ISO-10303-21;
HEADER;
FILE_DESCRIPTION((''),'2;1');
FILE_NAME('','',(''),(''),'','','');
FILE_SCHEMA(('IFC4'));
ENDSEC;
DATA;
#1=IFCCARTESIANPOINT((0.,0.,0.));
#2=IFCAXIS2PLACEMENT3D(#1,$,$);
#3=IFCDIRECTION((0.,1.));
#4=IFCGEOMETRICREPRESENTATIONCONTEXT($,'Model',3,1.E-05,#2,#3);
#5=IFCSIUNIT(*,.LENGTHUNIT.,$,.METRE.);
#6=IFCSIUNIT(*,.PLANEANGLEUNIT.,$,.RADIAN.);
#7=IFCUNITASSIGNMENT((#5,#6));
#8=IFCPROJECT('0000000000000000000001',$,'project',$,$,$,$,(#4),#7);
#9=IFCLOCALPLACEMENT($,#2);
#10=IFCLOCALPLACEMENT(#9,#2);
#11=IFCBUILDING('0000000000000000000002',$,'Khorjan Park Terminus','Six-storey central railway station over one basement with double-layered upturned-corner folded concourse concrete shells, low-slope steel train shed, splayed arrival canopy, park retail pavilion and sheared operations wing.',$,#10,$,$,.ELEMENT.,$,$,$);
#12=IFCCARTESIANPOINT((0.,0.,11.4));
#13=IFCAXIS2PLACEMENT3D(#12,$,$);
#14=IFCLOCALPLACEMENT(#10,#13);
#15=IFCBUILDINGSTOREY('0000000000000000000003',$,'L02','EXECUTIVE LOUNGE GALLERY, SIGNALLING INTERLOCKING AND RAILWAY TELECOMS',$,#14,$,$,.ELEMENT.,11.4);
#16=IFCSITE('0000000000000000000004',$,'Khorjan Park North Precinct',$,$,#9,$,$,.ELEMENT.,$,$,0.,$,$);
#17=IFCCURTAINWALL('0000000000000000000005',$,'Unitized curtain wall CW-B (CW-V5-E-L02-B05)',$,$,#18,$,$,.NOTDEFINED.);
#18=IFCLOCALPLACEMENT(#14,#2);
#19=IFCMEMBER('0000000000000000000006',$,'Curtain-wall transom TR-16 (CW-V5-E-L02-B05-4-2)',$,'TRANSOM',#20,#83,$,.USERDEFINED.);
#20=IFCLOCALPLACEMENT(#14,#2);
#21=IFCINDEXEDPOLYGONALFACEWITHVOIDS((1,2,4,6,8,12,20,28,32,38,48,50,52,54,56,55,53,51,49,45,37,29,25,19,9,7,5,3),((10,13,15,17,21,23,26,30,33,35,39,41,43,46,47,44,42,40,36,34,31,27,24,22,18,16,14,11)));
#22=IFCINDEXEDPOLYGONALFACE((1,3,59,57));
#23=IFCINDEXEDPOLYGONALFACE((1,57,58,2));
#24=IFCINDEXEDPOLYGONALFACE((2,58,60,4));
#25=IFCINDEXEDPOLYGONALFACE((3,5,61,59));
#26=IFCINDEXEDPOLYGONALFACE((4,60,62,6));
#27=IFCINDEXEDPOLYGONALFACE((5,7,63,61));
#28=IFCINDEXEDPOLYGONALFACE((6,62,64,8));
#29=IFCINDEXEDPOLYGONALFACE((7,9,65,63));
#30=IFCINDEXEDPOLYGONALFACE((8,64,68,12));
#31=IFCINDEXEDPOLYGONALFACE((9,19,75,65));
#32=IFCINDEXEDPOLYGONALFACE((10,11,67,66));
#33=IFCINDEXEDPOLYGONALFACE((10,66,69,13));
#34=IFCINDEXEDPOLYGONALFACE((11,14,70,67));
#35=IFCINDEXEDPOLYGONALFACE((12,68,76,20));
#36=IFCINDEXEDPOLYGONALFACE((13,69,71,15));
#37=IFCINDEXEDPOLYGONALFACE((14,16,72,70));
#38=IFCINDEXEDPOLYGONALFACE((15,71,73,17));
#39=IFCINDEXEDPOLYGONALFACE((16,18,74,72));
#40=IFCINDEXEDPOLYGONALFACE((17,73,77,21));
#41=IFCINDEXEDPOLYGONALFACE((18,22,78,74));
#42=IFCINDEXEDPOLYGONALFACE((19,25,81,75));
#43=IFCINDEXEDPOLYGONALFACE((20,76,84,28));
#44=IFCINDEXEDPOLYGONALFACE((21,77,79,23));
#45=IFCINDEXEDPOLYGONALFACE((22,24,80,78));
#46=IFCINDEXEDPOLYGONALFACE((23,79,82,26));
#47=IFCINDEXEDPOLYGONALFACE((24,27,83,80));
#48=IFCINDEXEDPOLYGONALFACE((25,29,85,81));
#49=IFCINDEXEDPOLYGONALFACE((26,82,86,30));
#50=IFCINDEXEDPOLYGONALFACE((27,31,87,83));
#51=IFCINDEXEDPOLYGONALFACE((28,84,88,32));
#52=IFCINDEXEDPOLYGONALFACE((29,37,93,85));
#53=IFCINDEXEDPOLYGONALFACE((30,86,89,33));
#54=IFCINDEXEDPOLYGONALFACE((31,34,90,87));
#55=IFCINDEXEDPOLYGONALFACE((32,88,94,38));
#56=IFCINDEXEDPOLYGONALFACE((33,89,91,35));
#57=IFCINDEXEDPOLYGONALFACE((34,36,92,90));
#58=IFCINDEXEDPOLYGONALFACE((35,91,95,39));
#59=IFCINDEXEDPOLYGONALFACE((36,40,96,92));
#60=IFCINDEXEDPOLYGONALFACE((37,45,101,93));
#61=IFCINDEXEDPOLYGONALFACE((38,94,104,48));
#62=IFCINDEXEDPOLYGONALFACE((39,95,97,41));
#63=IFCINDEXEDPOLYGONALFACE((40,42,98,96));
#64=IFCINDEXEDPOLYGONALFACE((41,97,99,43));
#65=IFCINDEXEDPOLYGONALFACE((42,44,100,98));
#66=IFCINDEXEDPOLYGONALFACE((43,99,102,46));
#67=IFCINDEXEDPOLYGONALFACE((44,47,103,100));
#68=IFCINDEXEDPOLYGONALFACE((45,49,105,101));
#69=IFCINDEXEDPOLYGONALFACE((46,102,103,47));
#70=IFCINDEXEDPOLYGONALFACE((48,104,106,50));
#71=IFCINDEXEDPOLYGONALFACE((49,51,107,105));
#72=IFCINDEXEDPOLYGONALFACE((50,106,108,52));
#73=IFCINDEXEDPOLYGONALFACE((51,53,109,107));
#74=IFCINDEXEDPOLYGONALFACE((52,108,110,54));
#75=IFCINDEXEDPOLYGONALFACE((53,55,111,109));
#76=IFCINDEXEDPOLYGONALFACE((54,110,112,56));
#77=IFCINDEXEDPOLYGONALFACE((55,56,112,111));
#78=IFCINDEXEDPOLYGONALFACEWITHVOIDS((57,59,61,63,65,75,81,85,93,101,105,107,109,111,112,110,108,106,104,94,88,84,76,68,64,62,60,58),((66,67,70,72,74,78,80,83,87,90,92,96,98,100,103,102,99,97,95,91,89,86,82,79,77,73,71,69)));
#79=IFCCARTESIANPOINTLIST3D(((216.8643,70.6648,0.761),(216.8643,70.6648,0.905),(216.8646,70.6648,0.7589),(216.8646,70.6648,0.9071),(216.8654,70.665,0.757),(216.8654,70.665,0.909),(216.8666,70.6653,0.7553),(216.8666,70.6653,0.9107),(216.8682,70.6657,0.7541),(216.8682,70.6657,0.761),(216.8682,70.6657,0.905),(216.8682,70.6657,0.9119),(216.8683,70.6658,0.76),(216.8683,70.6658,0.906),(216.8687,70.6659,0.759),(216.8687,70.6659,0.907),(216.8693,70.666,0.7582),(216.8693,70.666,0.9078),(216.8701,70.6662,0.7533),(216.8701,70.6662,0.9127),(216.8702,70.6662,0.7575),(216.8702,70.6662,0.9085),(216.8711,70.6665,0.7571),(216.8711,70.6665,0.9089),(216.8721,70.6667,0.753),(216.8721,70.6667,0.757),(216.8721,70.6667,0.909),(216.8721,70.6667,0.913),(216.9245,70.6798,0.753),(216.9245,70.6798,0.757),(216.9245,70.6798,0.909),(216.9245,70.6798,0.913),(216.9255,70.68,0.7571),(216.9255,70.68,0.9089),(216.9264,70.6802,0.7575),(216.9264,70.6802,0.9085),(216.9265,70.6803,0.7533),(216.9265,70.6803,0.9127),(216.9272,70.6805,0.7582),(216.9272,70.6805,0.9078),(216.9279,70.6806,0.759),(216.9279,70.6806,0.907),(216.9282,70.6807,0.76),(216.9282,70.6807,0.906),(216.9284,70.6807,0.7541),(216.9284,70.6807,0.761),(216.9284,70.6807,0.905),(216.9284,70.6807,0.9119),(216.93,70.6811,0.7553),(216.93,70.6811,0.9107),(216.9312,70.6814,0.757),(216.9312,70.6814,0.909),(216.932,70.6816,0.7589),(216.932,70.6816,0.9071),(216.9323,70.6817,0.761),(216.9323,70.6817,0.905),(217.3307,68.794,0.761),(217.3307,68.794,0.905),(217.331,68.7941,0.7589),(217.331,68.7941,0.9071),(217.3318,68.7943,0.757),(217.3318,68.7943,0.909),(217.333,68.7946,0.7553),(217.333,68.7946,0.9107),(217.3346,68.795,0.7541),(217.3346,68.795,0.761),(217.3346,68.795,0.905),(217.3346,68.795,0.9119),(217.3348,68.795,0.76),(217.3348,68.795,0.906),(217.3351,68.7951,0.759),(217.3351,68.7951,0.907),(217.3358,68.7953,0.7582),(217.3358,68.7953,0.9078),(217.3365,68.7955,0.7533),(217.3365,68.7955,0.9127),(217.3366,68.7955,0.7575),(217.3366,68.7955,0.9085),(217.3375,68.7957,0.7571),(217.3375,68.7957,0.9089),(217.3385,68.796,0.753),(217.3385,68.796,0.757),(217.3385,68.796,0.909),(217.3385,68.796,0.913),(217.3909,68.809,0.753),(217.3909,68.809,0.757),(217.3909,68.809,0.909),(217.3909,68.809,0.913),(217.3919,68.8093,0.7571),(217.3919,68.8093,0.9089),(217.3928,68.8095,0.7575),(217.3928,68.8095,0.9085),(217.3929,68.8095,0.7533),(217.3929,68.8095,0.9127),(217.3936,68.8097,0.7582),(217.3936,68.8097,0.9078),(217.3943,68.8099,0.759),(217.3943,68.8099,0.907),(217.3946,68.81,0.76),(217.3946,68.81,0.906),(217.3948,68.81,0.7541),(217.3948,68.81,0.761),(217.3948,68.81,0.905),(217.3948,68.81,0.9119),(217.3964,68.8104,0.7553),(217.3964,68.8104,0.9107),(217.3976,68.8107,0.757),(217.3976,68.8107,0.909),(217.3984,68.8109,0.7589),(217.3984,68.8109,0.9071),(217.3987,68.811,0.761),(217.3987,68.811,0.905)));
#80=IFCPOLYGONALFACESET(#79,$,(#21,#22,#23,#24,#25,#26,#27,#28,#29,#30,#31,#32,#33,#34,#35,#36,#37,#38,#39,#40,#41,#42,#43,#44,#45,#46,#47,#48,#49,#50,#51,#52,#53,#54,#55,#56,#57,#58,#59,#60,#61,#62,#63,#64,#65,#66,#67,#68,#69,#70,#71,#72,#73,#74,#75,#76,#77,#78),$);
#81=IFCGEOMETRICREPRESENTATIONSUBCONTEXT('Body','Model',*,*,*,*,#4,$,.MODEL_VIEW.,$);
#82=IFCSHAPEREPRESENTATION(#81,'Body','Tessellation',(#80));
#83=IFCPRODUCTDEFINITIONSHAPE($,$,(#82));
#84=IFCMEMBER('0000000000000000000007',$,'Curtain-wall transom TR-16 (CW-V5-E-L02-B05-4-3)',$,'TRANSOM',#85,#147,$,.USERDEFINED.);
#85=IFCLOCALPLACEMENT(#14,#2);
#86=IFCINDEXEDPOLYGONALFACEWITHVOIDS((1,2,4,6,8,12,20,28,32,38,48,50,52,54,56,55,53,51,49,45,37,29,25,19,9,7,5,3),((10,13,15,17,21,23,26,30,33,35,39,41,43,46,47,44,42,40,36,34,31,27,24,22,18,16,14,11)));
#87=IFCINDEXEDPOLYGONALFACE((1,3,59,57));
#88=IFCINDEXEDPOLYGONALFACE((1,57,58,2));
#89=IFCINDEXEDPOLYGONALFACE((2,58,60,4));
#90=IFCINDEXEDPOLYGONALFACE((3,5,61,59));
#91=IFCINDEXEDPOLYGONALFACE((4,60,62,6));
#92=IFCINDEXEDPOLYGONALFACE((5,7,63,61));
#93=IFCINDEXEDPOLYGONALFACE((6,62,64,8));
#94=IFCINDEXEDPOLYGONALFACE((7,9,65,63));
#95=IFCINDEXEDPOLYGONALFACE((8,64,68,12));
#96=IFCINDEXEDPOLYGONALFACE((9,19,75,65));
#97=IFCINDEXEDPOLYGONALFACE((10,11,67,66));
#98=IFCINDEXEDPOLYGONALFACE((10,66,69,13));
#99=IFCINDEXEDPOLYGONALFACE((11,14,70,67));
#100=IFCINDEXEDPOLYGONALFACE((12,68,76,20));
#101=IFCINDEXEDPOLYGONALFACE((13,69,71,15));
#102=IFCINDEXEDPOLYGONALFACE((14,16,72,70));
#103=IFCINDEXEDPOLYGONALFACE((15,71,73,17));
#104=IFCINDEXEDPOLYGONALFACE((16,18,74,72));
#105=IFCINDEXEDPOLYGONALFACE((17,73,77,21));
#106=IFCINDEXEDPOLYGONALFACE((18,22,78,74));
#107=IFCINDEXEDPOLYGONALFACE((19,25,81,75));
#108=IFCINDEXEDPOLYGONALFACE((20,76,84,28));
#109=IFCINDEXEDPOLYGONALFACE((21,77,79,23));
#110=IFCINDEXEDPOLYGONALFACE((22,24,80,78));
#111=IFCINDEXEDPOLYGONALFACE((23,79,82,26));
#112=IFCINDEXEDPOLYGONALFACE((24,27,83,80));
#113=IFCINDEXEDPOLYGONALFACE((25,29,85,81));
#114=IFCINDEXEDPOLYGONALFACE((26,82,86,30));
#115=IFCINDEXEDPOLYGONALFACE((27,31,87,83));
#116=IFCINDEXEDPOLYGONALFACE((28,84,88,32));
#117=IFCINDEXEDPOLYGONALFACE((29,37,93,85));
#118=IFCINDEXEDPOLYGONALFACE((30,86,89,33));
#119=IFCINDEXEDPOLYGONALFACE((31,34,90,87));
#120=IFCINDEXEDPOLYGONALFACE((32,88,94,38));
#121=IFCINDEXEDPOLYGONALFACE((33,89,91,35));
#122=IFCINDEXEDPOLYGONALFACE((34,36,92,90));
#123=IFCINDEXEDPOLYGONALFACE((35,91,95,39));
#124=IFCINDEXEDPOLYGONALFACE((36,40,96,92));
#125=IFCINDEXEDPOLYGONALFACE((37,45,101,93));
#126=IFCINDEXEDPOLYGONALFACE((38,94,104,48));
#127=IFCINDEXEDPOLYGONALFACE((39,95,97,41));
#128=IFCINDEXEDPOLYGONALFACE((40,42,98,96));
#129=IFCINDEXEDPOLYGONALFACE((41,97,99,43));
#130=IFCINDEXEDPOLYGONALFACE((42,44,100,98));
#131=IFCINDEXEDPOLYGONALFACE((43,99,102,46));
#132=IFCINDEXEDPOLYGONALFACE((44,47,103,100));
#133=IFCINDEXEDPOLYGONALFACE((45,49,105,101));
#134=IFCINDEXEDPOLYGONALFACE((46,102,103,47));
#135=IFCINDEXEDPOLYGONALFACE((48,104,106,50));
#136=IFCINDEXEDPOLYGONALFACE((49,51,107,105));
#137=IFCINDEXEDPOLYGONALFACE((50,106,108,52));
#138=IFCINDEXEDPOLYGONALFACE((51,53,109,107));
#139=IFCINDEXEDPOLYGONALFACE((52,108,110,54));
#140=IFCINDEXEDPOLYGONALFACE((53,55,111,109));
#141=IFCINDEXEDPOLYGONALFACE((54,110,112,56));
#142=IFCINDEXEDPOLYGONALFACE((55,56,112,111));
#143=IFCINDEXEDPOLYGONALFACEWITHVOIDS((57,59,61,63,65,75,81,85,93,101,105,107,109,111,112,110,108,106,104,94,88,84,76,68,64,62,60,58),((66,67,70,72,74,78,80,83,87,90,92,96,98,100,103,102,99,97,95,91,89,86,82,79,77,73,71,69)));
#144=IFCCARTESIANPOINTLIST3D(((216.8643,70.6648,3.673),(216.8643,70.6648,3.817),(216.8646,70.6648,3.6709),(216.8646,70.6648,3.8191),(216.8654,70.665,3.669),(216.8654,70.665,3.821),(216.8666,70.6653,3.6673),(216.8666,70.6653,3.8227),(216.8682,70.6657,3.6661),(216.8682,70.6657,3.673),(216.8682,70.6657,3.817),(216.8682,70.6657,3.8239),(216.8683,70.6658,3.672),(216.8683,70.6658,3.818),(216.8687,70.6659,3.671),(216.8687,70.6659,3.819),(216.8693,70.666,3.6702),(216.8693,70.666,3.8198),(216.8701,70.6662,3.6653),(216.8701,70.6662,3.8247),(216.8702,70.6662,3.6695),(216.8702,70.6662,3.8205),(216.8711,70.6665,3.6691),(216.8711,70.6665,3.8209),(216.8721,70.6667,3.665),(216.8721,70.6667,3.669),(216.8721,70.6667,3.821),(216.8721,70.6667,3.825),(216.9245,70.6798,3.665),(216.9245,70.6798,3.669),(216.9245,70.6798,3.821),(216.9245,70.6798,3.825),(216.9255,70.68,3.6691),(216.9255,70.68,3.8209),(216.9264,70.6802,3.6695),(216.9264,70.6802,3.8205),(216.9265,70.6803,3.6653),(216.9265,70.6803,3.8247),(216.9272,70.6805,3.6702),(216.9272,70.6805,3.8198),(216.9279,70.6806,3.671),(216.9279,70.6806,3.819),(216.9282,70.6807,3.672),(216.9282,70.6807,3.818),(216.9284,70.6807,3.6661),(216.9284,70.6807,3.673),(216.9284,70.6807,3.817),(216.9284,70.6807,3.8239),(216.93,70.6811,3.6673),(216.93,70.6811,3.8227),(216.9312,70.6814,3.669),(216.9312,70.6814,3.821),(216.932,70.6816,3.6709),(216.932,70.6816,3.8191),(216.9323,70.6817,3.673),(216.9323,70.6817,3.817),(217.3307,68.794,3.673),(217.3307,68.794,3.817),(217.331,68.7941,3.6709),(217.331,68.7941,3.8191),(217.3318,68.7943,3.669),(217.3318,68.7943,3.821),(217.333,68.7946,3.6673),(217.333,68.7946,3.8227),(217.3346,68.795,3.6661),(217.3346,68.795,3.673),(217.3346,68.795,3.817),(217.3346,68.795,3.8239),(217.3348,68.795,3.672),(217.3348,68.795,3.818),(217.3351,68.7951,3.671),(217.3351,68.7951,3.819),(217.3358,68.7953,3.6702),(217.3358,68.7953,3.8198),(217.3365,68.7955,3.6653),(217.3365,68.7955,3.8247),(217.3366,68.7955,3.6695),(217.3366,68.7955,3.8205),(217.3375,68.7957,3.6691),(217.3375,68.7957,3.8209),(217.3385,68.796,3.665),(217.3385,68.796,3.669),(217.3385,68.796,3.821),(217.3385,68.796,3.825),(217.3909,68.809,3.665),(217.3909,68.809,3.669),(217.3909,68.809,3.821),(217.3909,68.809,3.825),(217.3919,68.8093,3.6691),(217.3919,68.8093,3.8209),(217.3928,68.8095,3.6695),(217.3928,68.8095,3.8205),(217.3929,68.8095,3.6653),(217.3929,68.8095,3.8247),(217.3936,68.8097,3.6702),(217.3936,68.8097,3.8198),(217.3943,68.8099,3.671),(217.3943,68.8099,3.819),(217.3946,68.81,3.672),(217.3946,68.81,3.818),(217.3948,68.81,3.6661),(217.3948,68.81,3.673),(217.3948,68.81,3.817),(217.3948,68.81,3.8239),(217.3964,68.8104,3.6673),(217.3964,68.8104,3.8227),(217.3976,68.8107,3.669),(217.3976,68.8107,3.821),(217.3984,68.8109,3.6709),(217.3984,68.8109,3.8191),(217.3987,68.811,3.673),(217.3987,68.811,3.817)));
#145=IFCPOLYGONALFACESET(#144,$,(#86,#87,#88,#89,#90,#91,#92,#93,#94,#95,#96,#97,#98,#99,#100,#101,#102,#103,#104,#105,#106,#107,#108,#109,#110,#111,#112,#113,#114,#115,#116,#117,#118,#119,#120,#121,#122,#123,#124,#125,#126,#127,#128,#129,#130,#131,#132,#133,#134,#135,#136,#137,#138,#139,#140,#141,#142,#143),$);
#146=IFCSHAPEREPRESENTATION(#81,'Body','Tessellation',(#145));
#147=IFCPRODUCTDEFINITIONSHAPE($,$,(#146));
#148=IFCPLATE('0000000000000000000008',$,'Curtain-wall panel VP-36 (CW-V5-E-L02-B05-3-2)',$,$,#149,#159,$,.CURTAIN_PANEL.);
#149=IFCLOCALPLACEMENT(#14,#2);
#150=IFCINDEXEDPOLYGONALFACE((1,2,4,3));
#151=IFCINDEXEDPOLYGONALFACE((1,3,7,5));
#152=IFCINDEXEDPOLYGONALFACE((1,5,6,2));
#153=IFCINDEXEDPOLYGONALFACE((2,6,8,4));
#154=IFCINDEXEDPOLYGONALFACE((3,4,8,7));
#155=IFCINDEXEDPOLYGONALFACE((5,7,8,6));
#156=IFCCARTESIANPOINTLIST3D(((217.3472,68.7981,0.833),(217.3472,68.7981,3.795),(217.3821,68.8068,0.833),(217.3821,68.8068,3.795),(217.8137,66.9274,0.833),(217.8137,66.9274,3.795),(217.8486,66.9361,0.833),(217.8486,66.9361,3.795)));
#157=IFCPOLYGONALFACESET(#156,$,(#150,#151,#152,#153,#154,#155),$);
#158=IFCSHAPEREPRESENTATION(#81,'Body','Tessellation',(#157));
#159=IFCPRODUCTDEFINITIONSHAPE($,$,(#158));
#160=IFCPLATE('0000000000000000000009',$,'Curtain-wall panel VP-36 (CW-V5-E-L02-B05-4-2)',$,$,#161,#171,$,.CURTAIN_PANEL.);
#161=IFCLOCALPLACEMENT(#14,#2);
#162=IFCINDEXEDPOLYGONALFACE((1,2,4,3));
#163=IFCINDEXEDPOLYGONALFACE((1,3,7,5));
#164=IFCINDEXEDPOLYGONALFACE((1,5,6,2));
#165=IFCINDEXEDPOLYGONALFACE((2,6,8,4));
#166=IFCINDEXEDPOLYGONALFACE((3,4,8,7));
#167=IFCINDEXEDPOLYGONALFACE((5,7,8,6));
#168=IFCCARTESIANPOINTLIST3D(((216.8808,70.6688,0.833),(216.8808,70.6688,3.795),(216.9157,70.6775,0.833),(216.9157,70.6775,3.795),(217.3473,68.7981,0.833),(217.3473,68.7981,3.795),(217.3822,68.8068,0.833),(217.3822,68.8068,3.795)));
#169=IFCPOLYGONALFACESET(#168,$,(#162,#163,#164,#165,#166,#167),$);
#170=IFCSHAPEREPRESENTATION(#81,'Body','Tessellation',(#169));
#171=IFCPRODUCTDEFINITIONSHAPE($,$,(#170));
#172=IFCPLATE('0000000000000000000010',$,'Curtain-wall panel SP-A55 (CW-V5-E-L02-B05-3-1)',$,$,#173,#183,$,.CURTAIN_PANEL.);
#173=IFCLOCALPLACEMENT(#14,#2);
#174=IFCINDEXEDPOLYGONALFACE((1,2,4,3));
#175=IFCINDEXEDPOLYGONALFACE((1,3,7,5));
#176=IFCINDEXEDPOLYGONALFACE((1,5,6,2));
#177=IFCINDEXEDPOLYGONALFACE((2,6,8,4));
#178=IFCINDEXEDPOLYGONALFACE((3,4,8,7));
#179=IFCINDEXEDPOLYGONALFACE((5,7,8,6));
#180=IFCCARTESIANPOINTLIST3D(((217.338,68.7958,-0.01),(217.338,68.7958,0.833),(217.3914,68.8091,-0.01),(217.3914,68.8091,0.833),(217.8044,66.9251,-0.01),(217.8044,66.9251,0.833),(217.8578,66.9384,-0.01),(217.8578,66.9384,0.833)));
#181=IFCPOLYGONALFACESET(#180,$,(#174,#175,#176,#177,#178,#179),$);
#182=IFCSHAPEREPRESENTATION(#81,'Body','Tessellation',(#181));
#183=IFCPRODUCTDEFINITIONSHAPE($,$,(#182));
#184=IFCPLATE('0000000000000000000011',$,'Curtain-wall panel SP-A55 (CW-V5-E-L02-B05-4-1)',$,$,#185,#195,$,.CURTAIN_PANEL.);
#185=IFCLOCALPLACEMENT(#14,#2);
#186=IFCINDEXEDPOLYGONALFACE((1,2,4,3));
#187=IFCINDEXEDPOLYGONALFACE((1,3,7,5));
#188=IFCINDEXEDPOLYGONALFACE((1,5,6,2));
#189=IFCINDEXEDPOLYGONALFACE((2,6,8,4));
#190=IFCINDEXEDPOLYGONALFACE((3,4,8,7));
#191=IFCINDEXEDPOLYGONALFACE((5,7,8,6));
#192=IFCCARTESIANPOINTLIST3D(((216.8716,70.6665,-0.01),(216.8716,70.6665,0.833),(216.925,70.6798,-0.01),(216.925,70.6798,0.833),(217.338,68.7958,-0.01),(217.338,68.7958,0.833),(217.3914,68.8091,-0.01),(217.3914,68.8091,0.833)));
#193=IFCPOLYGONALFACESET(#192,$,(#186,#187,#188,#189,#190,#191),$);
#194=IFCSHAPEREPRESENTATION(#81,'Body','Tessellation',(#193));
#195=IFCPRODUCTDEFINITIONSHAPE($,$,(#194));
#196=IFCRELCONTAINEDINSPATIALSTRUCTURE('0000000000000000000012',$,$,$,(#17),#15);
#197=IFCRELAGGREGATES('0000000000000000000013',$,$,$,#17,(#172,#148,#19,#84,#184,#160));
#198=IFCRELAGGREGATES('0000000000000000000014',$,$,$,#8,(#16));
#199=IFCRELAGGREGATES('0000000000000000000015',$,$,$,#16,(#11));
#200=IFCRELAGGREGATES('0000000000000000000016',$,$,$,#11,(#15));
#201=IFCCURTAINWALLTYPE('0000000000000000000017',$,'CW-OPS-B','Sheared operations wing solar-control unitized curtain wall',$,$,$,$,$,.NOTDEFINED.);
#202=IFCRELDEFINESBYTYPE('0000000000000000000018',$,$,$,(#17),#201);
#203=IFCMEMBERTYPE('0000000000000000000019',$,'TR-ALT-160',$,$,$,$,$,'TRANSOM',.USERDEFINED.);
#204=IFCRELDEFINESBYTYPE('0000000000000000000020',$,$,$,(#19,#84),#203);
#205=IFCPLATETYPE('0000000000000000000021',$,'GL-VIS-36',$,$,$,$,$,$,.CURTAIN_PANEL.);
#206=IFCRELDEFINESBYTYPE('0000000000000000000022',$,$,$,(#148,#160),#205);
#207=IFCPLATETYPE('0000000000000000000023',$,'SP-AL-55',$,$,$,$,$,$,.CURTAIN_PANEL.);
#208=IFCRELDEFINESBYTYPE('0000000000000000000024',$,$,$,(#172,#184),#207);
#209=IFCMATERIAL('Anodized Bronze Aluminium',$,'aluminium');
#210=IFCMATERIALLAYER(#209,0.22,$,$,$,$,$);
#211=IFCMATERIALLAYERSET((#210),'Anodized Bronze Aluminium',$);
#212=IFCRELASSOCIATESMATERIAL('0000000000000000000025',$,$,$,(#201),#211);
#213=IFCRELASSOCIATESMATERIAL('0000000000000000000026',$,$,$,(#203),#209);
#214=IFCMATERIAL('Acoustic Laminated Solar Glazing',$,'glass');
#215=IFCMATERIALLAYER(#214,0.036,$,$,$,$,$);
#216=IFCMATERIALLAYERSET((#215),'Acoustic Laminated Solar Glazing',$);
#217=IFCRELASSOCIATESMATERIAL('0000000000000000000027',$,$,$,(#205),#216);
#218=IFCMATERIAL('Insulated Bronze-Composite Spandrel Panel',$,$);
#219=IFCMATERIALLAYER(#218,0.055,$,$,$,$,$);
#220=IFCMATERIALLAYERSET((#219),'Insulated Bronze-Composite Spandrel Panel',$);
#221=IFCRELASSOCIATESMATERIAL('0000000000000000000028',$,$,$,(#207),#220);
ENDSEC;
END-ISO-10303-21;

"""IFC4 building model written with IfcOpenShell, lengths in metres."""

from ifc_helpers import new_model, si_unit, direction, frame, origin, origin_2d, place, context, subcontext, project, spatial, rectangle, hollow_rectangle, extrude, material, layer, layer_set, material_profile, profile_set, type_object, element, aggregate, save


model = new_model("IFC4")

# Units and contexts
model_context = context("Model", 3, precision=1e-05, world=origin(), true_north=direction((0.0, 1.0)))
body_context = subcontext(model_context, "Body", "Model", "MODEL_VIEW")
ifc_project = project(units=[si_unit("LENGTHUNIT", "METRE"), si_unit("PLANEANGLEUNIT", "RADIAN")], contexts=[model_context])

# Site, building, storey
site_placement = place(None, origin())
site = spatial("IfcSite", under=ifc_project, at=site_placement, Name="Khorjan Park North Precinct", CompositionType="ELEMENT", RefElevation=0.0)
building_placement = place(site_placement, origin())
building = spatial("IfcBuilding", under=site, at=building_placement, Name="Khorjan Park Terminus", Description="Six-storey central railway station over one basement with double-layered upturned-corner folded concourse concrete shells, low-slope steel train shed, splayed arrival canopy, park retail pavilion and sheared operations wing.", CompositionType="ELEMENT")
storey_placement = place(building_placement, frame((0.0, 0.0, 11.4)))
storey = spatial("IfcBuildingStorey", under=building, at=storey_placement, Name="L02", Description="EXECUTIVE LOUNGE GALLERY, SIGNALLING INTERLOCKING AND RAILWAY TELECOMS", CompositionType="ELEMENT", Elevation=11.4)

# Curtain wall, members, plates
ifc_material_1 = material(Name="Anodized Bronze Aluminium", Category="aluminium")
ifc_layer_1 = layer(ifc_material_1, 0.22)
ifc_layer_set_1 = layer_set([ifc_layer_1], Name="Anodized Bronze Aluminium")
curtain_wall_type = type_object("IfcCurtainWallType", Name="CW-OPS-B", Description="Sheared operations wing solar-control unitized curtain wall", PredefinedType="NOTDEFINED", material=ifc_layer_set_1)
curtain_wall_placement = place(storey_placement, origin())
curtain_wall = element("IfcCurtainWall", 1, at=curtain_wall_placement, inside=storey, type_object=curtain_wall_type, Name="Unitized curtain wall CW-B (CW-V5-E-L02-B05)", PredefinedType="NOTDEFINED")
ifc_material_profile_1 = material_profile(ifc_material_1, hollow_rectangle(XDim=0.07, YDim=0.16, WallThickness=0.004, InnerFilletRadius=0.004, OuterFilletRadius=0.008, at=origin_2d()), Name="ALT 70x160x4")
ifc_profile_set_1 = profile_set([ifc_material_profile_1], Name="Anodized Bronze Aluminium")
member_type_1 = type_object("IfcMemberType", Name="TR-ALT-160", ElementType="TRANSOM", PredefinedType="USERDEFINED", material=ifc_profile_set_1)
member_1_placement = place(storey_placement, frame((217.3647, 68.8025, 0.833), z_axis=(-0.241913, 0.970298, 0.0), x_axis=(-0.970298, -0.241913, 0.0)))
member_1 = element("IfcMember", 2, at=member_1_placement, type_object=member_type_1, Name="Curtain-wall transom TR-16 (CW-V5-E-L02-B05-4-2)", ObjectType="TRANSOM", PredefinedType="USERDEFINED", context=body_context, shape_type="SweptSolid", body=[
    extrude(hollow_rectangle(XDim=0.07, YDim=0.16, WallThickness=0.004, InnerFilletRadius=0.004, OuterFilletRadius=0.008, at=origin_2d()), origin(), (0.0, 0.0, 1.0), 1.928),
])
member_2_placement = place(storey_placement, frame((217.3647, 68.8025, 3.745), z_axis=(-0.241913, 0.970298, 0.0), x_axis=(-0.970298, -0.241913, 0.0)))
member_2 = element("IfcMember", 3, at=member_2_placement, type_object=member_type_1, Name="Curtain-wall transom TR-16 (CW-V5-E-L02-B05-4-3)", ObjectType="TRANSOM", PredefinedType="USERDEFINED", context=body_context, shape_type="SweptSolid", body=[
    extrude(hollow_rectangle(XDim=0.07, YDim=0.16, WallThickness=0.004, InnerFilletRadius=0.004, OuterFilletRadius=0.008, at=origin_2d()), origin(), (0.0, 0.0, 1.0), 1.928),
])
ifc_material_2 = material(Name="Acoustic Laminated Solar Glazing", Category="glass")
ifc_layer_2 = layer(ifc_material_2, 0.036)
ifc_layer_set_2 = layer_set([ifc_layer_2], Name="Acoustic Laminated Solar Glazing")
plate_type_1 = type_object("IfcPlateType", Name="GL-VIS-36", PredefinedType="CURTAIN_PANEL", material=ifc_layer_set_2)
plate_1_placement = place(storey_placement, frame((217.5979, 67.8671, 0.833), z_axis=(0.0, 0.0, 1.0), x_axis=(-0.241935, 0.970292, 0.0)))
plate_1 = element("IfcPlate", 4, at=plate_1_placement, type_object=plate_type_1, Name="Curtain-wall panel VP-36 (CW-V5-E-L02-B05-3-2)", PredefinedType="CURTAIN_PANEL", context=body_context, shape_type="SweptSolid", body=[
    extrude(rectangle(XDim=1.928, YDim=0.036, at=origin_2d()), origin(), (0.0, 0.0, 1.0), 2.962),
])
plate_2_placement = place(storey_placement, frame((217.1315, 69.7378, 0.833), z_axis=(0.0, 0.0, 1.0), x_axis=(-0.241935, 0.970292, 0.0)))
plate_2 = element("IfcPlate", 5, at=plate_2_placement, type_object=plate_type_1, Name="Curtain-wall panel VP-36 (CW-V5-E-L02-B05-4-2)", PredefinedType="CURTAIN_PANEL", context=body_context, shape_type="SweptSolid", body=[
    extrude(rectangle(XDim=1.928, YDim=0.036, at=origin_2d()), origin(), (0.0, 0.0, 1.0), 2.962),
])
ifc_material_3 = material(Name="Insulated Bronze-Composite Spandrel Panel")
ifc_layer_3 = layer(ifc_material_3, 0.055)
ifc_layer_set_3 = layer_set([ifc_layer_3], Name="Insulated Bronze-Composite Spandrel Panel")
plate_type_2 = type_object("IfcPlateType", Name="SP-AL-55", PredefinedType="CURTAIN_PANEL", material=ifc_layer_set_3)
plate_3_placement = place(storey_placement, frame((217.5979, 67.8671, -0.01), z_axis=(0.0, 0.0, 1.0), x_axis=(-0.241935, 0.970292, 0.0)))
plate_3 = element("IfcPlate", 6, at=plate_3_placement, type_object=plate_type_2, Name="Curtain-wall panel SP-A55 (CW-V5-E-L02-B05-3-1)", PredefinedType="CURTAIN_PANEL", context=body_context, shape_type="SweptSolid", body=[
    extrude(rectangle(XDim=1.928, YDim=0.055, at=origin_2d()), origin(), (0.0, 0.0, 1.0), 0.843),
])
plate_4_placement = place(storey_placement, frame((217.1315, 69.7378, -0.01), z_axis=(0.0, 0.0, 1.0), x_axis=(-0.241935, 0.970292, 0.0)))
plate_4 = element("IfcPlate", 7, at=plate_4_placement, type_object=plate_type_2, Name="Curtain-wall panel SP-A55 (CW-V5-E-L02-B05-4-1)", PredefinedType="CURTAIN_PANEL", context=body_context, shape_type="SweptSolid", body=[
    extrude(rectangle(XDim=1.928, YDim=0.055, at=origin_2d()), origin(), (0.0, 0.0, 1.0), 0.843),
])
aggregate(curtain_wall, [plate_3, plate_1, member_1, member_2, plate_4, plate_2])

save(model, "model.ifc")
